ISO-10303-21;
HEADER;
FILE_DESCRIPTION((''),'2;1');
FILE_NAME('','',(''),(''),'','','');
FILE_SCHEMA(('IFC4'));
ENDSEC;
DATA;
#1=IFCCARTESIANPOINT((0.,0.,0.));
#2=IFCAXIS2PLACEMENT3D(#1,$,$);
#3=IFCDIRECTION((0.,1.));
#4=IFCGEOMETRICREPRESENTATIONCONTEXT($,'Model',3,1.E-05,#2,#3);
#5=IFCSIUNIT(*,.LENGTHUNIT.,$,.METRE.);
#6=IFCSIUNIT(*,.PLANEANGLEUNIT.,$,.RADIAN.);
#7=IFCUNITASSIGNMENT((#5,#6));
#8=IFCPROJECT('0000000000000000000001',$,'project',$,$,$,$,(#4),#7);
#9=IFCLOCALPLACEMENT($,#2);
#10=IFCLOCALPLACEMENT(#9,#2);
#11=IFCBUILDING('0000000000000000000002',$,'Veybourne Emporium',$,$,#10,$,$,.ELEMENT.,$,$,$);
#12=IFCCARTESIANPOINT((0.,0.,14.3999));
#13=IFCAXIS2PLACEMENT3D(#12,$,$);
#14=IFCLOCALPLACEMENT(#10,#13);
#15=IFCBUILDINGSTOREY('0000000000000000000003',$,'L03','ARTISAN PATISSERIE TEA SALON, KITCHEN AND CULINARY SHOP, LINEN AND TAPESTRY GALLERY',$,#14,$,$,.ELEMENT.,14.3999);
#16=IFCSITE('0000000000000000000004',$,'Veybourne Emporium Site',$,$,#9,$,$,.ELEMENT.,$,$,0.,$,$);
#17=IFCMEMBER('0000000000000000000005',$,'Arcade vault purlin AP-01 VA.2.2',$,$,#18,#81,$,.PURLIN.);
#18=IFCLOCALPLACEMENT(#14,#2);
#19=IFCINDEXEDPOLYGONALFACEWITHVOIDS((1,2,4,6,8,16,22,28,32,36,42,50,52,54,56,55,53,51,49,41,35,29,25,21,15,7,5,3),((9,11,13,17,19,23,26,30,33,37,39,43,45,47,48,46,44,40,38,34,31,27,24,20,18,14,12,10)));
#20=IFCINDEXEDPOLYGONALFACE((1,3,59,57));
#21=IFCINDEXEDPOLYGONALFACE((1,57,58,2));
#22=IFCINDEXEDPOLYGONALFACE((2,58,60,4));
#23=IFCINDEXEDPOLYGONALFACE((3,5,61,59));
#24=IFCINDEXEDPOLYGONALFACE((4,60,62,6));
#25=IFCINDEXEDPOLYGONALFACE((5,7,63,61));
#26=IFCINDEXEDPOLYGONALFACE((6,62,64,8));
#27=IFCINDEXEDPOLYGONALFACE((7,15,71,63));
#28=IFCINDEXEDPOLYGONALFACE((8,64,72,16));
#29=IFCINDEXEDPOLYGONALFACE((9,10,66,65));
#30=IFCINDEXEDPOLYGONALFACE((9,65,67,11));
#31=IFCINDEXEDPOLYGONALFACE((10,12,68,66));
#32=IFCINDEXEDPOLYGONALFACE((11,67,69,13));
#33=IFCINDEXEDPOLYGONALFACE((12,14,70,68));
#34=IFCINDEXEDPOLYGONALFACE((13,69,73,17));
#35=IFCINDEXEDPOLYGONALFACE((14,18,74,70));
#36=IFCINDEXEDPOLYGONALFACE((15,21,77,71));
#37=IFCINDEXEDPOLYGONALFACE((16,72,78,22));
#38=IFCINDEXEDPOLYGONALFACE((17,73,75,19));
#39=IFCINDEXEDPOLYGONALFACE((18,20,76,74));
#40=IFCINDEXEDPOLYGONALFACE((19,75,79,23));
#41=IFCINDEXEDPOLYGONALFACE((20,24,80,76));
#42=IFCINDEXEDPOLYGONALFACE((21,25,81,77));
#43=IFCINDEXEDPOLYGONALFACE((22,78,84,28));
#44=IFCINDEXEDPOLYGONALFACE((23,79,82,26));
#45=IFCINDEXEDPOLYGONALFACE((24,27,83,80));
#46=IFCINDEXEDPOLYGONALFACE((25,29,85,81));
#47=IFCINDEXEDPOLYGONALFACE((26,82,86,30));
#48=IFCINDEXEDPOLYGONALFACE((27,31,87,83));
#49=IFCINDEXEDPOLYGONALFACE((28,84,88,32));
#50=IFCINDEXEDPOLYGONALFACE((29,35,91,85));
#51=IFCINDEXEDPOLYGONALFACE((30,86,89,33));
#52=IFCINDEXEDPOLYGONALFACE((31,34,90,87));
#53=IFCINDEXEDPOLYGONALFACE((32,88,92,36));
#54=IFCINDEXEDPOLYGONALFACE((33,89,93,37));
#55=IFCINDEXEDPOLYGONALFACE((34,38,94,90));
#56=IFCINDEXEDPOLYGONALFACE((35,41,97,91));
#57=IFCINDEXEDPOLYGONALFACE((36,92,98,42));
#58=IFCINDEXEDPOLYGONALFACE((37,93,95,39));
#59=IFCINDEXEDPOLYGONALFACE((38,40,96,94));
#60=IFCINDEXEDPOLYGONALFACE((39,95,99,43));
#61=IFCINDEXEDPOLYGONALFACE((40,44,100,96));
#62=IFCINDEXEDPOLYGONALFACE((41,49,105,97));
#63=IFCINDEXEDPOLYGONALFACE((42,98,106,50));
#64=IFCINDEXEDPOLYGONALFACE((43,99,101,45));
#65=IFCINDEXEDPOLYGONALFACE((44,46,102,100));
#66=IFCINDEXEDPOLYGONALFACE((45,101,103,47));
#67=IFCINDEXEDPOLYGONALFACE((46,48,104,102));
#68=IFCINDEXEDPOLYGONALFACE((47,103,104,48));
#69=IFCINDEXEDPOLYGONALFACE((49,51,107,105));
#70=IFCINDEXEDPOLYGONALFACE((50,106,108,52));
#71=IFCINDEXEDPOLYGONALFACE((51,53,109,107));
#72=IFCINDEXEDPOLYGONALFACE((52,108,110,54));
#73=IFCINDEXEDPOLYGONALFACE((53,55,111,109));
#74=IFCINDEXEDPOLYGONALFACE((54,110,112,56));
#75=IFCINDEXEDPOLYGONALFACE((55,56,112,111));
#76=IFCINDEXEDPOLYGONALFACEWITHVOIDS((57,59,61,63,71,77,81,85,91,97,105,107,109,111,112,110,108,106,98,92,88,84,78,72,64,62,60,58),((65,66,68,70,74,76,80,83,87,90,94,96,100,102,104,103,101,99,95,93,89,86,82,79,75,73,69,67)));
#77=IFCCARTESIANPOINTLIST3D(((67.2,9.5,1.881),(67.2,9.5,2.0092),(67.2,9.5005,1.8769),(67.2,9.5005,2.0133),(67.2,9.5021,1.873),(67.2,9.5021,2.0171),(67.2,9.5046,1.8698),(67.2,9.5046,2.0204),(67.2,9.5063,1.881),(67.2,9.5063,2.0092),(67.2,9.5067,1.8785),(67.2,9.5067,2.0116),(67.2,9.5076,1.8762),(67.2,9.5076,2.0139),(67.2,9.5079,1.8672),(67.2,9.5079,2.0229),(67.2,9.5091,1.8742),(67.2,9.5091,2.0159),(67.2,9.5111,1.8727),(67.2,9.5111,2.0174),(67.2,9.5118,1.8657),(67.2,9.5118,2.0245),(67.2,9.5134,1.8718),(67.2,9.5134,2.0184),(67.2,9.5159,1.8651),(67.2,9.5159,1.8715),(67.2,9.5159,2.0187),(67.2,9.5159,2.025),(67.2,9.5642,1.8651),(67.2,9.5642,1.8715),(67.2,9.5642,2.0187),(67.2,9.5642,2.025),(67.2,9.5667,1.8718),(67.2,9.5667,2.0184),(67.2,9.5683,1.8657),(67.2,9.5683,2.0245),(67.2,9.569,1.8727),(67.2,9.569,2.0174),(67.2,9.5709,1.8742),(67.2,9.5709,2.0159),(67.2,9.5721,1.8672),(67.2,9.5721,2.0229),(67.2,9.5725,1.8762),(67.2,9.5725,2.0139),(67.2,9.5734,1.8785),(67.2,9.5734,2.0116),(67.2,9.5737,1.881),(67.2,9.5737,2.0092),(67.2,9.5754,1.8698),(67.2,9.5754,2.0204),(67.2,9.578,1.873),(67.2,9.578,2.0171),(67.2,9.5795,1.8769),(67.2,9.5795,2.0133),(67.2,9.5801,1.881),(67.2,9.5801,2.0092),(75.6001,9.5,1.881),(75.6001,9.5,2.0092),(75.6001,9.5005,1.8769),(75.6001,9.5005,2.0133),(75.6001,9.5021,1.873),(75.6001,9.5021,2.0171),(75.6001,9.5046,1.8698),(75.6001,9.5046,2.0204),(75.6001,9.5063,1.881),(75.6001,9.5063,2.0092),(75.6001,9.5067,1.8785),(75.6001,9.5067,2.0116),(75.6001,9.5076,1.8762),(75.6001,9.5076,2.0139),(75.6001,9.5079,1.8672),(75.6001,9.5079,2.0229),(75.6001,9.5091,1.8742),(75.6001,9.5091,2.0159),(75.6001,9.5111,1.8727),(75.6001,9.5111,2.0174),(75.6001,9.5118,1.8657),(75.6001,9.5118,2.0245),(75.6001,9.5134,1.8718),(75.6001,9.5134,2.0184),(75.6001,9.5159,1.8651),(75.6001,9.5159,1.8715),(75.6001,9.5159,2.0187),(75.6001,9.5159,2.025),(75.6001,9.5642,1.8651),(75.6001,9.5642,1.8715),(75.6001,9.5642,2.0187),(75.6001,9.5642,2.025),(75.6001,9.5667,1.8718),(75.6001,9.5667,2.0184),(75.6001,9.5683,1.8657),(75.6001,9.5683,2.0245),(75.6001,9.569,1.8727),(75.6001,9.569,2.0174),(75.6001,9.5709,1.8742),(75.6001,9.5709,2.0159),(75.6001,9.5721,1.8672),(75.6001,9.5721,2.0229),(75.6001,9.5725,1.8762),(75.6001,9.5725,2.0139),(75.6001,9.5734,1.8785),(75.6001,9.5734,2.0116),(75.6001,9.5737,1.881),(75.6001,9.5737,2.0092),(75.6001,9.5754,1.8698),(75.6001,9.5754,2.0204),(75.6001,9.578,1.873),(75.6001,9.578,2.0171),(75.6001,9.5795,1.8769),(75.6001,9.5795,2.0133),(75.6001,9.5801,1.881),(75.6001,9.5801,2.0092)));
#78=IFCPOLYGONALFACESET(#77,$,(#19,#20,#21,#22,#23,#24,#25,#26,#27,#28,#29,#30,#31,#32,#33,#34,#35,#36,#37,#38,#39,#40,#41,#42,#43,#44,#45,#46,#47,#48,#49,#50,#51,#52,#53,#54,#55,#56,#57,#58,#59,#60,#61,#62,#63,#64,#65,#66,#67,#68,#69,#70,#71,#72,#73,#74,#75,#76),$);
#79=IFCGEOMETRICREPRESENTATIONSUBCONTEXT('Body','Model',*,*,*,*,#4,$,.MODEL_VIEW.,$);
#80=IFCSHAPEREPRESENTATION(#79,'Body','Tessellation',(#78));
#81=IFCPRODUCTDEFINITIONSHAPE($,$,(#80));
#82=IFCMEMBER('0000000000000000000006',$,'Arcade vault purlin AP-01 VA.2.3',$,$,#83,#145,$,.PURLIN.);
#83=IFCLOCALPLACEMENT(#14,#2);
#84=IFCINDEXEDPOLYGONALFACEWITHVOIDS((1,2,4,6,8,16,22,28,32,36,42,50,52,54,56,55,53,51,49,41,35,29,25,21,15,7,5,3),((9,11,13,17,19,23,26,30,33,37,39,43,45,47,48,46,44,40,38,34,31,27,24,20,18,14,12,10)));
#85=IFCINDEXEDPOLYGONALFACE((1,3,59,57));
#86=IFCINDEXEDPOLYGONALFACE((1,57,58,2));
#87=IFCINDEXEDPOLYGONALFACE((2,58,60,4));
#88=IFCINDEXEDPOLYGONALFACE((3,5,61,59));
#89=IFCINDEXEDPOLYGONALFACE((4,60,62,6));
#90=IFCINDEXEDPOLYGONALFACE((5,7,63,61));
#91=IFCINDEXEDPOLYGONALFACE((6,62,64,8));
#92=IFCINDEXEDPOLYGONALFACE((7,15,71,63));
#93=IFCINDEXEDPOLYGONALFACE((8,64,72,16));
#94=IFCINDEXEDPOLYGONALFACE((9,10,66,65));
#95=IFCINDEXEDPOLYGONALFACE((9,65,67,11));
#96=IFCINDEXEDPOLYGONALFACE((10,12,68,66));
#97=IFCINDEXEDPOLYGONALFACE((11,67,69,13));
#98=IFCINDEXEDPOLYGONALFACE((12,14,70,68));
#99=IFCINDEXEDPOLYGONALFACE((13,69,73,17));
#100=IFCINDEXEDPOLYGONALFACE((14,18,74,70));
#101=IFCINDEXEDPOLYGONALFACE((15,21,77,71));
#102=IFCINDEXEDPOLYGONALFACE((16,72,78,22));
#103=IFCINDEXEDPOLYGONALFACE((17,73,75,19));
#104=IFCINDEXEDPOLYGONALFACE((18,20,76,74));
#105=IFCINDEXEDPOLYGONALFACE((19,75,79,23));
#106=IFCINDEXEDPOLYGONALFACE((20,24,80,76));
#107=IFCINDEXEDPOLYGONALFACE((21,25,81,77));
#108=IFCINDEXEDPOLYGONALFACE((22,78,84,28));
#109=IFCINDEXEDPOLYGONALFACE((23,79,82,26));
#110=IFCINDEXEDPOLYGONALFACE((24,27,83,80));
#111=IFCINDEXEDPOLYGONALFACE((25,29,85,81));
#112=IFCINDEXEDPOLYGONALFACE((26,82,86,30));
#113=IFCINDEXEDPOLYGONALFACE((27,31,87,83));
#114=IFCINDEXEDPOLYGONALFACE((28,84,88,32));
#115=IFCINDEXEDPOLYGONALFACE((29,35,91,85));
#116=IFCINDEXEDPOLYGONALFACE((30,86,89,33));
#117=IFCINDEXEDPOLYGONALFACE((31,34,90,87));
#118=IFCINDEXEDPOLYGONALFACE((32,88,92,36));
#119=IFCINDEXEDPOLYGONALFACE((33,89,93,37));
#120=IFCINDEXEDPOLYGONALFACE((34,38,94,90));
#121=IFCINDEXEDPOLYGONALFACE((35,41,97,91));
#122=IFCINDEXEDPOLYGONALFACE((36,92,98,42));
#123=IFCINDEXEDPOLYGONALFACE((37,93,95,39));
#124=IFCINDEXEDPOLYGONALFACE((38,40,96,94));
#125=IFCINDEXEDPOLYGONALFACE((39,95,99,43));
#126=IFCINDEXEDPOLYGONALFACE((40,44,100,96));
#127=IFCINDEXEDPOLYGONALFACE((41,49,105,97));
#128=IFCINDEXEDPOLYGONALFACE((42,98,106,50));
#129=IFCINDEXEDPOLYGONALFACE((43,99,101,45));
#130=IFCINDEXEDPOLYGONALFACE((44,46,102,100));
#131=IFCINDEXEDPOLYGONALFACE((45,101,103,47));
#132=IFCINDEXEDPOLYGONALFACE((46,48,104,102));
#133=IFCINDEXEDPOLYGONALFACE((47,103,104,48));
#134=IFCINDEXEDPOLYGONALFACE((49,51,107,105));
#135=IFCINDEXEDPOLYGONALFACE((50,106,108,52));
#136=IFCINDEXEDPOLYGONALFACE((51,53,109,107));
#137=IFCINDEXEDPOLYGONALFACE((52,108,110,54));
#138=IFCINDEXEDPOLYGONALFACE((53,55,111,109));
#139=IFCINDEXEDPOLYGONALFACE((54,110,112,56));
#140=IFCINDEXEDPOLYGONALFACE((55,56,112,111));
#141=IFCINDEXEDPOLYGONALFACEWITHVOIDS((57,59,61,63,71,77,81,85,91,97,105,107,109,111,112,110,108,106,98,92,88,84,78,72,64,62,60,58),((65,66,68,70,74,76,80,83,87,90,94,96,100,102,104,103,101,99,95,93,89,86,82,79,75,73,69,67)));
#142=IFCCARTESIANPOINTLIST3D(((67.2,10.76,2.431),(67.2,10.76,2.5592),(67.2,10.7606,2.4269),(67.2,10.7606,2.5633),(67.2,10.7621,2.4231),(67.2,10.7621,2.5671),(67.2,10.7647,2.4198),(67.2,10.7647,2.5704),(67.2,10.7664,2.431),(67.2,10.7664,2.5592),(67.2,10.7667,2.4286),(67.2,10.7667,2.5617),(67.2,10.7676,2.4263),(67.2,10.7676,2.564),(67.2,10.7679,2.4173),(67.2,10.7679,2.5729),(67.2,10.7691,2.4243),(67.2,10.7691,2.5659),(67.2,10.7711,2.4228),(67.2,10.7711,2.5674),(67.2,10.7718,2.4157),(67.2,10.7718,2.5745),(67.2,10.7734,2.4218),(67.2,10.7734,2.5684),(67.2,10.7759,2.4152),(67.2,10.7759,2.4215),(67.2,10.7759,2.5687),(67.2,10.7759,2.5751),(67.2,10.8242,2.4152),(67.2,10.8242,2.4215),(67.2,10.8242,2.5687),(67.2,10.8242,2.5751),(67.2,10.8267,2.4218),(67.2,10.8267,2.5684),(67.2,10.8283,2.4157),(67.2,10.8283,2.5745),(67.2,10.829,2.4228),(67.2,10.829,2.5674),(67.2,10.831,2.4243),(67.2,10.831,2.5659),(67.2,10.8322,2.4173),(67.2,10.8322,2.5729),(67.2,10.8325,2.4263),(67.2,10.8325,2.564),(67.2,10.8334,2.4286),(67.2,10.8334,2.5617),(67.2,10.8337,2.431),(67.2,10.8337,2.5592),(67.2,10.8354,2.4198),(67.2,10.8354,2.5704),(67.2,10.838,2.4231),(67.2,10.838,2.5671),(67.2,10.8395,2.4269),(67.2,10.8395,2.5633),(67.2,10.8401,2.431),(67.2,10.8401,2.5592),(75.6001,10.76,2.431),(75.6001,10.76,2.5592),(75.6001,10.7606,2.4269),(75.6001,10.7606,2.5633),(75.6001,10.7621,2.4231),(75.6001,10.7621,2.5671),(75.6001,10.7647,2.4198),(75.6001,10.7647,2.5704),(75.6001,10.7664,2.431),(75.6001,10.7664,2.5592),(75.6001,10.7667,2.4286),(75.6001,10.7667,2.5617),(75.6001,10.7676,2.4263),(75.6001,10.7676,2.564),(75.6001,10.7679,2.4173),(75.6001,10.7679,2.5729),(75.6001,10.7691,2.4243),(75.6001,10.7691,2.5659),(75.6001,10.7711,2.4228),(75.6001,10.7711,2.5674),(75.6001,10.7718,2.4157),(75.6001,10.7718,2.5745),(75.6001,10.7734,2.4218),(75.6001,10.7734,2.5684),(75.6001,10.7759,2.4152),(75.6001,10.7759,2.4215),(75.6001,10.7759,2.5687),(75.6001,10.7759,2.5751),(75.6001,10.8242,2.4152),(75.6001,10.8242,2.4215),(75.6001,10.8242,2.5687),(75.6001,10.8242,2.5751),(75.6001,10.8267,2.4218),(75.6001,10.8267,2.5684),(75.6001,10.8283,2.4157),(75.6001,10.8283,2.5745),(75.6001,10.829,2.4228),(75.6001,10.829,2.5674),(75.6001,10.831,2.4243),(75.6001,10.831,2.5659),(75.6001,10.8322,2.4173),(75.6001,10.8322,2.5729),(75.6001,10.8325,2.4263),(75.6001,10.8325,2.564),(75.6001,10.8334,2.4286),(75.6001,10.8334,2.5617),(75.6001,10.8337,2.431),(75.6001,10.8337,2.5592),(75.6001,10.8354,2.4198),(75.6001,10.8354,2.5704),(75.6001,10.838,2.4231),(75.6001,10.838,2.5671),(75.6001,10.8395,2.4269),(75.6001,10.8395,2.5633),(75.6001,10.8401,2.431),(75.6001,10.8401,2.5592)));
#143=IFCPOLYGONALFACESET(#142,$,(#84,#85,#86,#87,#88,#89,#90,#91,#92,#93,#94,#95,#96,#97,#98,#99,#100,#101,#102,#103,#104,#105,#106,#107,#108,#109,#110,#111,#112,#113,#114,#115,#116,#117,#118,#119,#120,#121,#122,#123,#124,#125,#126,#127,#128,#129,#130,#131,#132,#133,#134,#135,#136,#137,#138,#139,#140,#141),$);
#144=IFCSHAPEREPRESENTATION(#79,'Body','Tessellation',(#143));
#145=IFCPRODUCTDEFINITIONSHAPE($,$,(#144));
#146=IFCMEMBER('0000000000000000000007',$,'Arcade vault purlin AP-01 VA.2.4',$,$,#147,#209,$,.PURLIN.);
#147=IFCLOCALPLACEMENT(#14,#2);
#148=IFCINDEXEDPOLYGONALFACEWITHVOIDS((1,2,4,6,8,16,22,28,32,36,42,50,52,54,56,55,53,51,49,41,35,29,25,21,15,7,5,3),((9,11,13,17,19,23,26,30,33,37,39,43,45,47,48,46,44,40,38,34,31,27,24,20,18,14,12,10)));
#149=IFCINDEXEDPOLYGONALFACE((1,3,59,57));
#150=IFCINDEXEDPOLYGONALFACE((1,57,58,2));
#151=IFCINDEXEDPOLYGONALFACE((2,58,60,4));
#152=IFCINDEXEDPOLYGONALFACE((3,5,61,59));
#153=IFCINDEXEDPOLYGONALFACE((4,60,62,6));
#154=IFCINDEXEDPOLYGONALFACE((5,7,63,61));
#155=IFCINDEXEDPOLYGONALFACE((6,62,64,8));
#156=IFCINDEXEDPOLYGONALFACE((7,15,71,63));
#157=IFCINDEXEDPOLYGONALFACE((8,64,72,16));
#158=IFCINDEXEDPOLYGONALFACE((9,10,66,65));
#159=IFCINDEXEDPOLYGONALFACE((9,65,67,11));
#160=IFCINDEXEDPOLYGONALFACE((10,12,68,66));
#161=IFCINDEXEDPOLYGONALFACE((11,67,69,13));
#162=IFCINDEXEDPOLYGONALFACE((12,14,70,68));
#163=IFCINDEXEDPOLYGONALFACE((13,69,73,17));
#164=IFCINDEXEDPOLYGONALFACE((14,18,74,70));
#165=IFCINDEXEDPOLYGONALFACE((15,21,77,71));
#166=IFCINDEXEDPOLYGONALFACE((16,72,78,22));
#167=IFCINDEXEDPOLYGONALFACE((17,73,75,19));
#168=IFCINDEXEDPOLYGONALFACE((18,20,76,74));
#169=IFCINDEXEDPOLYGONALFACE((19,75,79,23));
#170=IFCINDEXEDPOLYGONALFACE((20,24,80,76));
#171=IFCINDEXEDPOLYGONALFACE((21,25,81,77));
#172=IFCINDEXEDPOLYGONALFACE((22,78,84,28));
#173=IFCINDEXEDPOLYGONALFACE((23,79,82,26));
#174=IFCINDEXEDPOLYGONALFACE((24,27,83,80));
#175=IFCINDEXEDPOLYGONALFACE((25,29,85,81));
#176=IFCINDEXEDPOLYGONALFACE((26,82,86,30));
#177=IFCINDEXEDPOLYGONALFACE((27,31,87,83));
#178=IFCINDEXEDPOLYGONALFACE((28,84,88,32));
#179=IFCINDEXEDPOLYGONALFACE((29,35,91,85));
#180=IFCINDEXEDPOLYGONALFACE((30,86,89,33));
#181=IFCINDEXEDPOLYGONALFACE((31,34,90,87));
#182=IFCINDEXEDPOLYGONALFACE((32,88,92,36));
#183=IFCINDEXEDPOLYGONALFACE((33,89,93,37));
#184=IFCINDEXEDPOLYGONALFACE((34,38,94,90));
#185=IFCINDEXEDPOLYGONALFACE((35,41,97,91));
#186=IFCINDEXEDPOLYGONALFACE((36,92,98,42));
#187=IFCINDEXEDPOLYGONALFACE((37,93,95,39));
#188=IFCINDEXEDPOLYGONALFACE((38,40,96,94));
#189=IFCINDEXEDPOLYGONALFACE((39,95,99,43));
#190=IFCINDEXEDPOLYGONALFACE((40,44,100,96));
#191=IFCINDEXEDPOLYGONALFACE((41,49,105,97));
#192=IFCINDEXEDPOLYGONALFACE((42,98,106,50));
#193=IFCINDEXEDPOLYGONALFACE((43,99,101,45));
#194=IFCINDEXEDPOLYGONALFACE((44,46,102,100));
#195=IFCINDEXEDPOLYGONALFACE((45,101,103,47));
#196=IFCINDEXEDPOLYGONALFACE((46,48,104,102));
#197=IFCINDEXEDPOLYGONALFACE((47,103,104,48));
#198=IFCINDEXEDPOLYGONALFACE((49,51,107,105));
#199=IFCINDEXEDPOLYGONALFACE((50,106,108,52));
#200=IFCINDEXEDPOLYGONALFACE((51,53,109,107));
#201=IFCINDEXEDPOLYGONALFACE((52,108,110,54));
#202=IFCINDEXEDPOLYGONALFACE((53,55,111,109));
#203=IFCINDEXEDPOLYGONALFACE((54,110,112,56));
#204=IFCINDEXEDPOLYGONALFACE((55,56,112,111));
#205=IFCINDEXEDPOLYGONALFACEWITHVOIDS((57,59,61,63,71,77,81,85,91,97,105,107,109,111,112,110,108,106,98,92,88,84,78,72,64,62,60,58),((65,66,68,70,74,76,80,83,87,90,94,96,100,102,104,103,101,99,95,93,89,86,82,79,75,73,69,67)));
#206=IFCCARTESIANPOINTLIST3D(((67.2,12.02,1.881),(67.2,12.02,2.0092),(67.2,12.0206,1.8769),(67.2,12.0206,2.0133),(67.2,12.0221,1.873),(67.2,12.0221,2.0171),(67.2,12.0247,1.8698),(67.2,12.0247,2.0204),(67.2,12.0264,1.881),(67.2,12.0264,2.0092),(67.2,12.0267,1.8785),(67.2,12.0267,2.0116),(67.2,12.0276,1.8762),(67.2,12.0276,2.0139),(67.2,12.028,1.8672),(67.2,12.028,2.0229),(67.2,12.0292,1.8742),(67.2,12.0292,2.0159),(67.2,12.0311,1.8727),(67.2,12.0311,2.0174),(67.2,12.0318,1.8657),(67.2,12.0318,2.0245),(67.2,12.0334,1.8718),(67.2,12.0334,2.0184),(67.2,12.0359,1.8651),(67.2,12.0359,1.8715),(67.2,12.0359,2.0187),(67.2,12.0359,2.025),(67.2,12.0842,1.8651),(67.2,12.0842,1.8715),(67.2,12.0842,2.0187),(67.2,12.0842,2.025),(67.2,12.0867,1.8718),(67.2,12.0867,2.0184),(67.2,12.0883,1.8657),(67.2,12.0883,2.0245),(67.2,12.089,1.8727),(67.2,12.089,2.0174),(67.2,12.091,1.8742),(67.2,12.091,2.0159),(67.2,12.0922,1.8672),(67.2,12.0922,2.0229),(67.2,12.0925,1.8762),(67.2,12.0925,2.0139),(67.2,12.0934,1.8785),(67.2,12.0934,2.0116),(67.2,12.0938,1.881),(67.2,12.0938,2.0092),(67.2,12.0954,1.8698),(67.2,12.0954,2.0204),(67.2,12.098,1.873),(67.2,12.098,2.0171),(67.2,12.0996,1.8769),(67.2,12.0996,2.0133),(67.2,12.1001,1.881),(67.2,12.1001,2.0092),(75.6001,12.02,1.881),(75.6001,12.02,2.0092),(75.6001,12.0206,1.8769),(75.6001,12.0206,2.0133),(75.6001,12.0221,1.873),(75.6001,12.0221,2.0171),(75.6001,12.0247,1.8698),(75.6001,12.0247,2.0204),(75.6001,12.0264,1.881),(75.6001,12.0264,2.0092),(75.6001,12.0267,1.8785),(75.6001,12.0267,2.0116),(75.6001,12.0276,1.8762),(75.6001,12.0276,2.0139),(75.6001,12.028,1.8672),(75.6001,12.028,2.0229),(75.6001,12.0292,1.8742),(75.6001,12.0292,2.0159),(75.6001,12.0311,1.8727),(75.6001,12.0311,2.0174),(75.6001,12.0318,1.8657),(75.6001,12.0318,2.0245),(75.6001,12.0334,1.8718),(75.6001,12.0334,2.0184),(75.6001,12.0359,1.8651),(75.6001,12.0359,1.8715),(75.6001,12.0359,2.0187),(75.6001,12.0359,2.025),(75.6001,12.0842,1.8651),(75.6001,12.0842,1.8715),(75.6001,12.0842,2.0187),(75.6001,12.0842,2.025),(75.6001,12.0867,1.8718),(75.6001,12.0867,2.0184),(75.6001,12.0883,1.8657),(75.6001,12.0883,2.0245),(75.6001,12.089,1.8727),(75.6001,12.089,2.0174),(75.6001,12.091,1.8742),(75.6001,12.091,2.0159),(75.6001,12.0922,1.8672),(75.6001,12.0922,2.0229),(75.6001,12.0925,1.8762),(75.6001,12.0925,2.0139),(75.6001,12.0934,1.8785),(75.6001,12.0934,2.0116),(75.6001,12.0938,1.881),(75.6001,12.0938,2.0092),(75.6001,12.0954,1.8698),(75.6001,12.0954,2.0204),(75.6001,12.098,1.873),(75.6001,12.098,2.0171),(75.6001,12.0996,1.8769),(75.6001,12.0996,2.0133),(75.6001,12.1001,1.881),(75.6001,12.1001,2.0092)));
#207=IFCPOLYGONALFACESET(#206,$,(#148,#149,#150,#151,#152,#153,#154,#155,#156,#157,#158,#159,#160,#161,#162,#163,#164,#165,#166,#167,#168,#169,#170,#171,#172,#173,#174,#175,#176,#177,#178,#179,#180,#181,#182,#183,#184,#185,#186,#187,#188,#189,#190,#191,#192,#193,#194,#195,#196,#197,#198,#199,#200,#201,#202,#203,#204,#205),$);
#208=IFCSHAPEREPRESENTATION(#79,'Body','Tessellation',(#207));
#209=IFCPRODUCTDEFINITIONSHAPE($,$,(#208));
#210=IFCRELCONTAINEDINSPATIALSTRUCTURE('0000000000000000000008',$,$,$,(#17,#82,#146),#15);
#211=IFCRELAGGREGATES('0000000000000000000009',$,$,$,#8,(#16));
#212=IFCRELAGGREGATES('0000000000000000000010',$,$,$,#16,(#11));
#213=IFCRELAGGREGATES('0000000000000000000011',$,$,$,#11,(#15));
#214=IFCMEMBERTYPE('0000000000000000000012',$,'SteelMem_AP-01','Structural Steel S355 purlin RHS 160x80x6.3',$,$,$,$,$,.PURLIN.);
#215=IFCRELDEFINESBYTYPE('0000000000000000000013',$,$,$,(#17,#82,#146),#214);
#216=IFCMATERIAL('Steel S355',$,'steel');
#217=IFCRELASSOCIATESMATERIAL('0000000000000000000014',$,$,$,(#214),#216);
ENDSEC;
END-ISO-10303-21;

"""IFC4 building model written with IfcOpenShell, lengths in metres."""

from ifc_helpers import new_model, si_unit, direction, frame, origin, origin_2d, place, context, subcontext, project, spatial, hollow_rectangle, extrude, material, material_profile, profile_set, type_object, element, save


model = new_model("IFC4")

# Units and contexts
model_context = context("Model", 3, precision=1e-05, world=origin(), true_north=direction((0.0, 1.0)))
body_context = subcontext(model_context, "Body", "Model", "MODEL_VIEW")
ifc_project = project(units=[si_unit("LENGTHUNIT", "METRE"), si_unit("PLANEANGLEUNIT", "RADIAN")], contexts=[model_context])

# Site, building, storey
site_placement = place(None, origin())
site = spatial("IfcSite", under=ifc_project, at=site_placement, Name="Veybourne Emporium Site", CompositionType="ELEMENT", RefElevation=0.0)
building_placement = place(site_placement, origin())
building = spatial("IfcBuilding", under=site, at=building_placement, Name="Veybourne Emporium", CompositionType="ELEMENT")
storey_placement = place(building_placement, frame((0.0, 0.0, 14.3999)))
storey = spatial("IfcBuildingStorey", under=building, at=storey_placement, Name="L03", Description="ARTISAN PATISSERIE TEA SALON, KITCHEN AND CULINARY SHOP, LINEN AND TAPESTRY GALLERY", CompositionType="ELEMENT", Elevation=14.3999)

# Shared definitions
ifc_material_1 = material(Name="Steel S355", Category="steel")

# Members
ifc_material_profile_1 = material_profile(ifc_material_1, hollow_rectangle(XDim=0.0801, YDim=0.1599, WallThickness=0.0063, InnerFilletRadius=0.0095, OuterFilletRadius=0.0159, at=origin_2d()), Name="RHS 160x80x6.3")
ifc_profile_set_1 = profile_set([ifc_material_profile_1], Name="Steel S355")
member_type_1 = type_object("IfcMemberType", Name="SteelMem_AP-01", Description="Structural Steel S355 purlin RHS 160x80x6.3", PredefinedType="PURLIN", material=ifc_profile_set_1)
for number, where, z_axis, x_axis, name in (
    (1, (67.2, 9.54, 1.9451), (1.0, 0.0, 0.0), (0.0, 1.0, 0.0), "Arcade vault purlin AP-01 VA.2.2"),
    (2, (67.2, 10.8, 2.4951), (1.0, 0.0, 0.0), (0.0, 1.0, 0.0), "Arcade vault purlin AP-01 VA.2.3"),
    (3, (67.2, 12.0601, 1.9451), (1.0, 0.0, 0.0), (0.0, 1.0, 0.0), "Arcade vault purlin AP-01 VA.2.4"),
):
    element("IfcMember", number, at=place(storey_placement, frame(where, z_axis=z_axis, x_axis=x_axis)), inside=storey, type_object=member_type_1, Name=name, PredefinedType="PURLIN", context=body_context, shape_type="SweptSolid", body=[
        extrude(hollow_rectangle(XDim=0.0801, YDim=0.1599, WallThickness=0.0063, InnerFilletRadius=0.0095, OuterFilletRadius=0.0159, at=origin_2d()), origin(), (0.0, 0.0, 1.0), 8.4001),
    ])

save(model, "model.ifc")
